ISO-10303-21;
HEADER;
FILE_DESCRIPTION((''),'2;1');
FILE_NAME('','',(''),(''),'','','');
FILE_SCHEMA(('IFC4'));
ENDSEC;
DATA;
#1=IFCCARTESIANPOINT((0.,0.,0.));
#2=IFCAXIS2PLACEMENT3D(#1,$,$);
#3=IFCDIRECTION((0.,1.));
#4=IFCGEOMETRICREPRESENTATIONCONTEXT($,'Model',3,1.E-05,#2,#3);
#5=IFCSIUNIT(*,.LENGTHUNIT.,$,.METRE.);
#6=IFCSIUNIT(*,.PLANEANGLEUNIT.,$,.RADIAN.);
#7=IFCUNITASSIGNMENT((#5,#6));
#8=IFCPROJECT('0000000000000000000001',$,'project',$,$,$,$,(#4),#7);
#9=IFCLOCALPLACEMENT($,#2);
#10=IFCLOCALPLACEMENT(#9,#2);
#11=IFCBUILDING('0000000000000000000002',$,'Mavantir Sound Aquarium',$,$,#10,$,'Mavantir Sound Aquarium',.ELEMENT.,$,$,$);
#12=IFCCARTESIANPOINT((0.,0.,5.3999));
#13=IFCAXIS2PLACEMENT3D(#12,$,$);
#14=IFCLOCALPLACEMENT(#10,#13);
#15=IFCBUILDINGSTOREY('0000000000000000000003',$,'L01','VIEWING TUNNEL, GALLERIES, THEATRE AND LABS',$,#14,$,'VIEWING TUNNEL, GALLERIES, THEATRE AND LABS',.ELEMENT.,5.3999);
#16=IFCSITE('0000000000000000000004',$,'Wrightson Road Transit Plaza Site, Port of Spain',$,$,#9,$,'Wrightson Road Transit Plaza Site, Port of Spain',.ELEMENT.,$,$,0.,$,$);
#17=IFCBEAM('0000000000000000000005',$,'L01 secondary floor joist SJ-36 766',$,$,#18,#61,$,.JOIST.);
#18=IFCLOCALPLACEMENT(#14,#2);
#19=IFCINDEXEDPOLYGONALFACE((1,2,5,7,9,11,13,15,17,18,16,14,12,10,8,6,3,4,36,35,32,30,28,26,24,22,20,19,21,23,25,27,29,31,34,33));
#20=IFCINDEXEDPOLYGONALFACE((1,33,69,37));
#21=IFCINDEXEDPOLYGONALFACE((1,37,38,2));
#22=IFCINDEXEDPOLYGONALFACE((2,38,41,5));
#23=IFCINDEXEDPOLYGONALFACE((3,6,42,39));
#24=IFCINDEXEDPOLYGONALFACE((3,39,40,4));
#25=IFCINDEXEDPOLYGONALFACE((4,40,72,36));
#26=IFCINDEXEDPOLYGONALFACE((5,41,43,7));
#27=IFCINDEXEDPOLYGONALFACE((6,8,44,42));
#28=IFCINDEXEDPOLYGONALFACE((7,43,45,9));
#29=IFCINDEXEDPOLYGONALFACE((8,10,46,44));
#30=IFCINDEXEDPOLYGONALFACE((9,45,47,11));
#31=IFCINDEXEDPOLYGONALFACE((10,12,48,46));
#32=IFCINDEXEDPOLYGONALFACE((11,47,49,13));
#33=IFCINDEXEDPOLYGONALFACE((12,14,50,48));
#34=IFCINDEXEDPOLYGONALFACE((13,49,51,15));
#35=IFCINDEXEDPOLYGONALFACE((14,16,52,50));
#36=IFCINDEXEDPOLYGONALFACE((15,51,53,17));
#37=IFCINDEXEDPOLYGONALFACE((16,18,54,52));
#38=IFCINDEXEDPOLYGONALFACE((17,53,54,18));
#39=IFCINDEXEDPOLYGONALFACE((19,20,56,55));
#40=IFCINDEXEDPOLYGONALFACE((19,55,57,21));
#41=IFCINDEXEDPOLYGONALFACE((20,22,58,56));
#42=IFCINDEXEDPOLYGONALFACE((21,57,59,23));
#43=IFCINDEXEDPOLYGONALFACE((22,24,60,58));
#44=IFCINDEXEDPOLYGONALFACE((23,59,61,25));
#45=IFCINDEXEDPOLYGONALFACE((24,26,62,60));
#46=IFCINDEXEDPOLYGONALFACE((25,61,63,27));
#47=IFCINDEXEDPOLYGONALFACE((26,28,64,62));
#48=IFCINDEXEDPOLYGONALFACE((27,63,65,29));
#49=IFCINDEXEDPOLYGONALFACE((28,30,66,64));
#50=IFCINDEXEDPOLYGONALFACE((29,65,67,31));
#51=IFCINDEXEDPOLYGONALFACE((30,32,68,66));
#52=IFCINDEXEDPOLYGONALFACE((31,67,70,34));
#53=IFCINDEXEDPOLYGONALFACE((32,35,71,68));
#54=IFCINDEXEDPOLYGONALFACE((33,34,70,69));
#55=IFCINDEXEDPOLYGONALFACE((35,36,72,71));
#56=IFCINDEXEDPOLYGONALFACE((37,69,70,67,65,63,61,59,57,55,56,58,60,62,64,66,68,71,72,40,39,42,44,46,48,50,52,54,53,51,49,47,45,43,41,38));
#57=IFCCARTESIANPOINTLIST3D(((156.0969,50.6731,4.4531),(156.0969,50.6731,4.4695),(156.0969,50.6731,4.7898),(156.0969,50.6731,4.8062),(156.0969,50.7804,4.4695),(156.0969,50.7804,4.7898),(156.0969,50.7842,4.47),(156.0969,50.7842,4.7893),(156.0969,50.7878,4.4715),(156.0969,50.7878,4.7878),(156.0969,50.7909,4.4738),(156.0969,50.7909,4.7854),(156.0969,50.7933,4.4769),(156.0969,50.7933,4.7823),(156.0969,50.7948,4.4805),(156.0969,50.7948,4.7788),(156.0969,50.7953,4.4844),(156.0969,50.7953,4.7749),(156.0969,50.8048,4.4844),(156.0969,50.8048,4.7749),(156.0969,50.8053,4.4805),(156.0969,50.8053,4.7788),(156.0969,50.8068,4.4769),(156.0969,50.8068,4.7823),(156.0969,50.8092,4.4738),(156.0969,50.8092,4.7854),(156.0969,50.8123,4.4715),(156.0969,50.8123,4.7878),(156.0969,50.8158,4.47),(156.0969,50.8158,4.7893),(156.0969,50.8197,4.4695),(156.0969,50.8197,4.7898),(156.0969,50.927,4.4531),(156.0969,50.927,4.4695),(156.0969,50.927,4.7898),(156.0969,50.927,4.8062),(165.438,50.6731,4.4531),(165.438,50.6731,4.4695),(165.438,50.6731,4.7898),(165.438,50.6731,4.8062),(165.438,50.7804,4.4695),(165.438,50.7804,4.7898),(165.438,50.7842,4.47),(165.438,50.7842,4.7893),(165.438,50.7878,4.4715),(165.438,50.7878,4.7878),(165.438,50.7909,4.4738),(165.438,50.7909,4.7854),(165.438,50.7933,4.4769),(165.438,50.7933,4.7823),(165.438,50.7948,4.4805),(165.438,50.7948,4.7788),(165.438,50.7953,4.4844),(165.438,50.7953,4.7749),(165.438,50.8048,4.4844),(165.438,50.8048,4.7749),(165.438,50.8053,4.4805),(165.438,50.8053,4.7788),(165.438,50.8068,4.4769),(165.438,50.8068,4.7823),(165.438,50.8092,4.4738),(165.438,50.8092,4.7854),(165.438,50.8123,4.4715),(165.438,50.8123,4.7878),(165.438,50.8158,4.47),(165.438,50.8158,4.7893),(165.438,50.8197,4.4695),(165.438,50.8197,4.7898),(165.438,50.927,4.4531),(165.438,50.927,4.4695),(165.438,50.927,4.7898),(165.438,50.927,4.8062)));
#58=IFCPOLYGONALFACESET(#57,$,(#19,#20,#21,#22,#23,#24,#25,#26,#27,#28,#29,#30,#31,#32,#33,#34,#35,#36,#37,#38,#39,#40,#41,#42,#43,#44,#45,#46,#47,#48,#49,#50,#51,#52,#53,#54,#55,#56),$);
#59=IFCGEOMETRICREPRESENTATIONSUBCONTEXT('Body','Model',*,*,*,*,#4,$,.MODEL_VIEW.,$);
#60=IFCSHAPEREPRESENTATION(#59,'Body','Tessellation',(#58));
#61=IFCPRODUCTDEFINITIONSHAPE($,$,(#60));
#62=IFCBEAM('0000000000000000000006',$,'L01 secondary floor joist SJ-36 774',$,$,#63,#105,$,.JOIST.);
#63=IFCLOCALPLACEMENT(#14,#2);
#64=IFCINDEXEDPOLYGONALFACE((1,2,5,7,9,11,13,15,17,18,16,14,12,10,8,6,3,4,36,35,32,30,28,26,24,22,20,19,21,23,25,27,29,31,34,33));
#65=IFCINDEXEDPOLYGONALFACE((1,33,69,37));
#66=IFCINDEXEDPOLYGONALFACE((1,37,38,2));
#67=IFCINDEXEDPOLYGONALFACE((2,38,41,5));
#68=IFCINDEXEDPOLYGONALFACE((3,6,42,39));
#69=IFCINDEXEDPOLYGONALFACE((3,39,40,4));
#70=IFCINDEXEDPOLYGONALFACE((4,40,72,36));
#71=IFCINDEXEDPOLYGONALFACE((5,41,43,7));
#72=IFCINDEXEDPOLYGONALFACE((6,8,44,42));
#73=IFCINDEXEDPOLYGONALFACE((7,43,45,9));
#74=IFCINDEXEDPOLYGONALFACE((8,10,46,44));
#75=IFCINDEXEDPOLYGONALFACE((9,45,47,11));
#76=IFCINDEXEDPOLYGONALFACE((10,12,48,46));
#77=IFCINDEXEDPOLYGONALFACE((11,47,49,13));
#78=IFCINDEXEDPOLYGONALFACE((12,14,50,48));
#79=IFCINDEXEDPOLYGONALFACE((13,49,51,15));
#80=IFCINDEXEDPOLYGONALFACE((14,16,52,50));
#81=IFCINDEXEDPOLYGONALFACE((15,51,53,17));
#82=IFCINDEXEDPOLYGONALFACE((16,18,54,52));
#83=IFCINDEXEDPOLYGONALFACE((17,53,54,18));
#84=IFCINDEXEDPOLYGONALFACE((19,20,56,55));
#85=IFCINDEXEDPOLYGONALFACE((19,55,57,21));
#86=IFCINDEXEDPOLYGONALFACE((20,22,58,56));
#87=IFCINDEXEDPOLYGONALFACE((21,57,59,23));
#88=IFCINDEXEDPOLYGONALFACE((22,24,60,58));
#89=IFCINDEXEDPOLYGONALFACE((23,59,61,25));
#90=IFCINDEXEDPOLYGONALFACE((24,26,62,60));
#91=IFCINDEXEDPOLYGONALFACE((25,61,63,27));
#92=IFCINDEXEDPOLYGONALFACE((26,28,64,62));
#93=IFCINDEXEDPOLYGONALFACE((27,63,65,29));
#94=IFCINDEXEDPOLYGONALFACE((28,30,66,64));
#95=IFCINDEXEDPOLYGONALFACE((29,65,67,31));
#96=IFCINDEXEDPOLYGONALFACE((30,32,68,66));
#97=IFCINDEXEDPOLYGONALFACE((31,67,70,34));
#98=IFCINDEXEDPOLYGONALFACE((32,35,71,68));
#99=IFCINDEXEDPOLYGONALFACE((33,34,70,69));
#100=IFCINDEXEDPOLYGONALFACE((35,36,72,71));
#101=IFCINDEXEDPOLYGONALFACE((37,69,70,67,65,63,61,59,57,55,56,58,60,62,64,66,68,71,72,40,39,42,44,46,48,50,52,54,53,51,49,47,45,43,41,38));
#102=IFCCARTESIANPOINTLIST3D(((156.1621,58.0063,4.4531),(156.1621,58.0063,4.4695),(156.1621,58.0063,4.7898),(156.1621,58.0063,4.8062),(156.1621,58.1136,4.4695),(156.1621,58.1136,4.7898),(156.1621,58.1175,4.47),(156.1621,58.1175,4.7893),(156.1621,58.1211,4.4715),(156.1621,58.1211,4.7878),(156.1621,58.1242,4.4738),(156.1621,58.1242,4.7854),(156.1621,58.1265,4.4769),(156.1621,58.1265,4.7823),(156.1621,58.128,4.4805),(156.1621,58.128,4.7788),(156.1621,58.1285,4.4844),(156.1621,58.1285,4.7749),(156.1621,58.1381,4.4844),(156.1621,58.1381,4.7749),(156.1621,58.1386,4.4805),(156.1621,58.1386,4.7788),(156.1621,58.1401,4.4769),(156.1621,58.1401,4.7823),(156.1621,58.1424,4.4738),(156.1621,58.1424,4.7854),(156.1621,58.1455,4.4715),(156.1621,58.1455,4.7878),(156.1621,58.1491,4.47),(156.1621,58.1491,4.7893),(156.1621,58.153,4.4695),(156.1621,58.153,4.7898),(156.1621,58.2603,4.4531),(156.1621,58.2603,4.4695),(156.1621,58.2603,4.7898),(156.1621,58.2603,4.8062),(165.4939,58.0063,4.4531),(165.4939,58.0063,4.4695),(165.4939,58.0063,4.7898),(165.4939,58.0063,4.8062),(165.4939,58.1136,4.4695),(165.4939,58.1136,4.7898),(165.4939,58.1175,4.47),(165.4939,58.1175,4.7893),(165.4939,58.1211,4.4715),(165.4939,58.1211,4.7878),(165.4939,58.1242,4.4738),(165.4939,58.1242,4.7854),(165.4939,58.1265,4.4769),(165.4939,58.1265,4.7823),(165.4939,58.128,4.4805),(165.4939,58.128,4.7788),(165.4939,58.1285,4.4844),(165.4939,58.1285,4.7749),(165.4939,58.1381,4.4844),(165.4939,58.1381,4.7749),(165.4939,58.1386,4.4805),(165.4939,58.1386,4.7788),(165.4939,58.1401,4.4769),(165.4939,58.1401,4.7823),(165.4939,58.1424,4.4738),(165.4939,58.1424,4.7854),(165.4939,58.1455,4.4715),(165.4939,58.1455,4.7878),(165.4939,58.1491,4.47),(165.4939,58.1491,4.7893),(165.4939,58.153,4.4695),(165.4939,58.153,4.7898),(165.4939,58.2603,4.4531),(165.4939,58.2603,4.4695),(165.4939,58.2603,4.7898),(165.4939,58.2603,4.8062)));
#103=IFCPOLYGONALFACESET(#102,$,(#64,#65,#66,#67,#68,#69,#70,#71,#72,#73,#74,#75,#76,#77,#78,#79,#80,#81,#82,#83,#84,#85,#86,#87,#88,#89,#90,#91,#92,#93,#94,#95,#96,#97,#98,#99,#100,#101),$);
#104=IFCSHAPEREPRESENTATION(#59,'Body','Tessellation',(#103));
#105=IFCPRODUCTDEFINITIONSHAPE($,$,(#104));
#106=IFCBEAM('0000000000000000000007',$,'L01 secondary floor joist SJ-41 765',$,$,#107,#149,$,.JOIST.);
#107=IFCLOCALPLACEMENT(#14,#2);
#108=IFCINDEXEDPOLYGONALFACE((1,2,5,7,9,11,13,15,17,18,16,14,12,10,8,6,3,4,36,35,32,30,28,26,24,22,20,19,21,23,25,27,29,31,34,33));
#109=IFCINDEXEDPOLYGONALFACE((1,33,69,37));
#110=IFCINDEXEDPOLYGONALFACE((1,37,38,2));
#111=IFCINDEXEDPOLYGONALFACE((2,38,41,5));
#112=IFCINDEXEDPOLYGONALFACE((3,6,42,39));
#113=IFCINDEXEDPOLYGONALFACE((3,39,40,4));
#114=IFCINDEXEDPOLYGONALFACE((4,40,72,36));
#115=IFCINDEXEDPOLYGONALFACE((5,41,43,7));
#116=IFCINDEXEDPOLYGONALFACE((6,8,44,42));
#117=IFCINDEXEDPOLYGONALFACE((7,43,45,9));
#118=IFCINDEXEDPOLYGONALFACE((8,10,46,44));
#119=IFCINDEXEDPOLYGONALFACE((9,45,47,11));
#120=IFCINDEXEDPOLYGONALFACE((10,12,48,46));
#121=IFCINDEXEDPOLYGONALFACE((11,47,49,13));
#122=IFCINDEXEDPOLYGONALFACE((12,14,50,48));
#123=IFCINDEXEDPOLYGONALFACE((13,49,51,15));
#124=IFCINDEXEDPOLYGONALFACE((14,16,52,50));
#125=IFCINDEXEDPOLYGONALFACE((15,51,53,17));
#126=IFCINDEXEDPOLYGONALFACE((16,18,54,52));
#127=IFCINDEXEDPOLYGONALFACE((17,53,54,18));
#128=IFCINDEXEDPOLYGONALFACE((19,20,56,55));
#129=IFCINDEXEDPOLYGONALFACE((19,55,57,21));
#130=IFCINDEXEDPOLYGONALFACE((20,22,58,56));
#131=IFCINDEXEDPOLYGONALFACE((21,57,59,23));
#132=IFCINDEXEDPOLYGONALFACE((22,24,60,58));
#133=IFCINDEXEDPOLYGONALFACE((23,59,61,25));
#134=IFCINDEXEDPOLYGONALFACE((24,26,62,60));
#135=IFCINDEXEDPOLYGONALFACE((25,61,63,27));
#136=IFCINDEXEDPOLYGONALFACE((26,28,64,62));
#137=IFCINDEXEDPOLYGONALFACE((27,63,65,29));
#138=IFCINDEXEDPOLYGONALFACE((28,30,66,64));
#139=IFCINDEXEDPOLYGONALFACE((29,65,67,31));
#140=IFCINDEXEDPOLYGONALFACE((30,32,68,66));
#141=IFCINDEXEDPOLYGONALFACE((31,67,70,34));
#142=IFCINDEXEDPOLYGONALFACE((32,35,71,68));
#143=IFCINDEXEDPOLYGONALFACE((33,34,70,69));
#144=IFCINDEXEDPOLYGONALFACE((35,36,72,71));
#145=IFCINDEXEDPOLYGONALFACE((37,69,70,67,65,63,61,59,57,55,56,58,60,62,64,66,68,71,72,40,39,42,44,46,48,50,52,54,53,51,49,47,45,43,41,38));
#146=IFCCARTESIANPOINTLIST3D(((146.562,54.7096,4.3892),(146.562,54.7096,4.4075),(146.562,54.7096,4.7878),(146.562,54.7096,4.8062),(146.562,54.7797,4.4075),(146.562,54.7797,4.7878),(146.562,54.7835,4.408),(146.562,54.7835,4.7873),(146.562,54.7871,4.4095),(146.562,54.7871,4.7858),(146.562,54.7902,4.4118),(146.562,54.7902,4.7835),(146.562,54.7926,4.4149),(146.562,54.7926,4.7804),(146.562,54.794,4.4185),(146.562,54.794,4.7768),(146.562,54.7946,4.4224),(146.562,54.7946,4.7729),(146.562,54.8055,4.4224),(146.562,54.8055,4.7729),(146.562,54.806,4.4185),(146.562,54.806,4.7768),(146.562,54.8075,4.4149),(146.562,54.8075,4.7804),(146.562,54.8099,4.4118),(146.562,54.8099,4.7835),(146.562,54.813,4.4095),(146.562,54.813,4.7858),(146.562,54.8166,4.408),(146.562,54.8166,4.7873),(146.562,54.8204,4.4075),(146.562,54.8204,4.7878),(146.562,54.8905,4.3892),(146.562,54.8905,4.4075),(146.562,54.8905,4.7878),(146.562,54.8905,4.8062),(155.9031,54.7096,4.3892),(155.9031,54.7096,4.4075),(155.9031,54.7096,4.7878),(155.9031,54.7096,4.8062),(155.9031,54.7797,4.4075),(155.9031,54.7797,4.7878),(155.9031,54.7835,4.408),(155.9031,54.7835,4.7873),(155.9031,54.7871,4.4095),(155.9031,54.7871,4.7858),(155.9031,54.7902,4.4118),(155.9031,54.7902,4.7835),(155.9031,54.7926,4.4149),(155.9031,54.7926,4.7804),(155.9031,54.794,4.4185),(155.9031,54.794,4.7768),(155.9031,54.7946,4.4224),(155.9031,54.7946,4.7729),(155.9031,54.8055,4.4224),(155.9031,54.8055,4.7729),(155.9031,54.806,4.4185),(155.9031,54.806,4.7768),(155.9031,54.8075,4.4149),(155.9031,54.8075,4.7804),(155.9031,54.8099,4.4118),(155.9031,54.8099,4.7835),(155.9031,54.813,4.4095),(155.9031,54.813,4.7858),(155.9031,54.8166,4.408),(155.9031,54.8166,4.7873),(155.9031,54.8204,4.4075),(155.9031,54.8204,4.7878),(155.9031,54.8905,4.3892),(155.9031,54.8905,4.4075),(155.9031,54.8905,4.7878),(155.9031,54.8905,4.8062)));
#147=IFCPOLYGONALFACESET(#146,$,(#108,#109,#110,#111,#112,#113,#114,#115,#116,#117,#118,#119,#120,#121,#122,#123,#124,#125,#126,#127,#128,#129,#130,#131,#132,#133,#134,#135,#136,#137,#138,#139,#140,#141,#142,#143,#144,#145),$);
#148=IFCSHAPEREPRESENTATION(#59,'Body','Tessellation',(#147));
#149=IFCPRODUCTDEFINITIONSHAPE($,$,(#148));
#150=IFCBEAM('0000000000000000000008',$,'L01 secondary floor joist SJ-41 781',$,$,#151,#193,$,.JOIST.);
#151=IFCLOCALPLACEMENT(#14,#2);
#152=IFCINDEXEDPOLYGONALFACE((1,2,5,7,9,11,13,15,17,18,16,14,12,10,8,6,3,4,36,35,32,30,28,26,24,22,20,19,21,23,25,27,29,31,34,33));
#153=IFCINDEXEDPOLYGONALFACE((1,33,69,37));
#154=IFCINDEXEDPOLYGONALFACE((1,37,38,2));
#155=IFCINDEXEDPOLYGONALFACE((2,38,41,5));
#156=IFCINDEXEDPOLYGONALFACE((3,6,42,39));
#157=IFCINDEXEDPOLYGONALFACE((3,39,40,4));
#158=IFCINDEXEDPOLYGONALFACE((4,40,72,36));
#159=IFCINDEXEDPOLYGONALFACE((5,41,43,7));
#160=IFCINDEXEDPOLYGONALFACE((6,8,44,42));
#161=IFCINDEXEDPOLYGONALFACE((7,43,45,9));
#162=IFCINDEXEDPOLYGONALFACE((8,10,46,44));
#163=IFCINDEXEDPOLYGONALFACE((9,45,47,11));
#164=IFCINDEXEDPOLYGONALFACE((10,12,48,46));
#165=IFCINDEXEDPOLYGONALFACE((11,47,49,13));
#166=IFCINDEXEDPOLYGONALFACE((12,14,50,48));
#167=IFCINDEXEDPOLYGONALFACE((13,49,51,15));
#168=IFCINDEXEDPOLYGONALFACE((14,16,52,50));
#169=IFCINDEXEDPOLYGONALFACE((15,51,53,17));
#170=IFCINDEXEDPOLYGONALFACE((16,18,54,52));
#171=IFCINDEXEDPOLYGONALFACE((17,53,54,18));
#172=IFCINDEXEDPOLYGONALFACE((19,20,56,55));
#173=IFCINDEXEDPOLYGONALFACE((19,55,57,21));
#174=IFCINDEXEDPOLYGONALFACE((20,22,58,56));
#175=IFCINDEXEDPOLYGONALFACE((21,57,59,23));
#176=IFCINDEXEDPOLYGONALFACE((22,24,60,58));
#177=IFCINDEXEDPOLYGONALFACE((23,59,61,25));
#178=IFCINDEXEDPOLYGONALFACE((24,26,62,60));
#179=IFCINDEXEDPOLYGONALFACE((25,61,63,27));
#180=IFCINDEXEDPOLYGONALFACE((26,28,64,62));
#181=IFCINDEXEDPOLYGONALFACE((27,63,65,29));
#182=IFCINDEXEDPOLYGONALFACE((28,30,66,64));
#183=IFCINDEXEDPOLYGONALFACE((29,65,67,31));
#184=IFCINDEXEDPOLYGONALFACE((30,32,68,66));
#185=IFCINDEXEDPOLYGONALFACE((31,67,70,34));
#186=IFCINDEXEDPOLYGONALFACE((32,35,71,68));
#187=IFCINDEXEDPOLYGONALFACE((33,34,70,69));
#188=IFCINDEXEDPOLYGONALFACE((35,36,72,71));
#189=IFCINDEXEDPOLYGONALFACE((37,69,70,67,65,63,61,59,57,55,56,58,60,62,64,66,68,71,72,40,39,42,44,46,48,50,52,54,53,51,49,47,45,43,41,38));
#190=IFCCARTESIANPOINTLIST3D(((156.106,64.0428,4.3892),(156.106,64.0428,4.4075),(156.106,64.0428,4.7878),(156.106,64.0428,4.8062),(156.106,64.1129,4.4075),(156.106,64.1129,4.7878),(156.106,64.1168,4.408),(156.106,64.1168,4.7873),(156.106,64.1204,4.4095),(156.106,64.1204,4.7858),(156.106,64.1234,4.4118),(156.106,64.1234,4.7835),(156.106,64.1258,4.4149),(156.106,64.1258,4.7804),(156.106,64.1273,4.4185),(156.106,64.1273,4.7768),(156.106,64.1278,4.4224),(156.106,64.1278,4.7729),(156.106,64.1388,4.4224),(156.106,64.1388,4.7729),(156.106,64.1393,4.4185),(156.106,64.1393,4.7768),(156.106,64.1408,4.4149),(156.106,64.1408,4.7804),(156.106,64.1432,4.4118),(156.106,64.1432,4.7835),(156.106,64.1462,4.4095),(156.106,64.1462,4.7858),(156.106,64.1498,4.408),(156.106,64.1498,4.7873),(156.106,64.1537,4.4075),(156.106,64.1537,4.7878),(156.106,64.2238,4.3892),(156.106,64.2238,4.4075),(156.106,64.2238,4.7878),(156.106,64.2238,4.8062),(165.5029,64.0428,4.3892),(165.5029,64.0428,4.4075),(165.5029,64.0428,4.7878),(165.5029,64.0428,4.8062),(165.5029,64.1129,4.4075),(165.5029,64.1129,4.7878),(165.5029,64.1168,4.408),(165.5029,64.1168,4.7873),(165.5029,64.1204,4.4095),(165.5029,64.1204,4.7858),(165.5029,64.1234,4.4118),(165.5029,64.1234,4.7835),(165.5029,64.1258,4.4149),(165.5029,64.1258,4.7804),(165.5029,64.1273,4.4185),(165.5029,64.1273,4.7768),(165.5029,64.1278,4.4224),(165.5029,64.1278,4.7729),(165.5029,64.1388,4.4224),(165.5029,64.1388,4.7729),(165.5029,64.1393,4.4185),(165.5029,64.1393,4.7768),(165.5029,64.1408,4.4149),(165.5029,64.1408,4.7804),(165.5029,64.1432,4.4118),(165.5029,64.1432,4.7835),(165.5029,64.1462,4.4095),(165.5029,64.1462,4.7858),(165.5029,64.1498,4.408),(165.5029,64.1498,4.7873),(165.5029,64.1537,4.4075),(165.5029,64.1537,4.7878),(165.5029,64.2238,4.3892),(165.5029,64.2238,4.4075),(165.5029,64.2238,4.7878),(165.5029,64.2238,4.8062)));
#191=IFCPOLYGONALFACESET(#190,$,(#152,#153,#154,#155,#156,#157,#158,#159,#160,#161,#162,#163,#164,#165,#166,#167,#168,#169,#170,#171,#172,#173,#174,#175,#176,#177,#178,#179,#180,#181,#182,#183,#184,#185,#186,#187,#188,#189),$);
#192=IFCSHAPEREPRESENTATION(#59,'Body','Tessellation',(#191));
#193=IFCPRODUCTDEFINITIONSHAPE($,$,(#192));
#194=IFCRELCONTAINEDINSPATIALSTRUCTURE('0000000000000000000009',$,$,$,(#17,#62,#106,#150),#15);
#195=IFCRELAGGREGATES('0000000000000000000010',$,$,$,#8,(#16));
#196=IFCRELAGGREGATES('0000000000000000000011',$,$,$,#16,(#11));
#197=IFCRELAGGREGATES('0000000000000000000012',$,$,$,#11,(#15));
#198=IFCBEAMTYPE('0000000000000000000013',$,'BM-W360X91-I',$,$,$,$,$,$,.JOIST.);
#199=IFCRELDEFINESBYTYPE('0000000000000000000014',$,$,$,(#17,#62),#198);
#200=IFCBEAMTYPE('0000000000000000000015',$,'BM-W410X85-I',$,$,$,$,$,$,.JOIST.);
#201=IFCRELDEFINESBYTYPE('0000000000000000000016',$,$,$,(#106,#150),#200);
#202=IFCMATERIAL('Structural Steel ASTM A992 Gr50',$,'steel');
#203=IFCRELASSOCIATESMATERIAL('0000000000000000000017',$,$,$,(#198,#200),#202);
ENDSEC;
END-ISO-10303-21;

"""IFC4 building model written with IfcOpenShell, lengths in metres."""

from ifc_helpers import new_model, si_unit, direction, frame, origin, origin_2d, place, context, subcontext, project, spatial, i_section, extrude, material, material_profile, profile_set, type_object, element, save


model = new_model("IFC4")

# Units and contexts
model_context = context("Model", 3, precision=1e-05, world=origin(), true_north=direction((0.0, 1.0)))
body_context = subcontext(model_context, "Body", "Model", "MODEL_VIEW")
ifc_project = project(units=[si_unit("LENGTHUNIT", "METRE"), si_unit("PLANEANGLEUNIT", "RADIAN")], contexts=[model_context])

# Site, building, storey
site_placement = place(None, origin())
site = spatial("IfcSite", under=ifc_project, at=site_placement, Name="Wrightson Road Transit Plaza Site, Port of Spain", LongName="Wrightson Road Transit Plaza Site, Port of Spain", CompositionType="ELEMENT", RefElevation=0.0)
building_placement = place(site_placement, origin())
building = spatial("IfcBuilding", under=site, at=building_placement, Name="Mavantir Sound Aquarium", LongName="Mavantir Sound Aquarium", CompositionType="ELEMENT")
storey_placement = place(building_placement, frame((0.0, 0.0, 5.3999)))
storey = spatial("IfcBuildingStorey", under=building, at=storey_placement, Name="L01", Description="VIEWING TUNNEL, GALLERIES, THEATRE AND LABS", LongName="VIEWING TUNNEL, GALLERIES, THEATRE AND LABS", CompositionType="ELEMENT", Elevation=5.3999)

# Beams
ifc_material_1 = material(Name="Structural Steel ASTM A992 Gr50", Category="steel")
ifc_material_profile_1 = material_profile(ifc_material_1, i_section(OverallWidth=0.2539, OverallDepth=0.353, WebThickness=0.0095, FlangeThickness=0.0164, FilletRadius=0.0149, at=origin_2d()), Name="W360X91")
ifc_profile_set_1 = profile_set([ifc_material_profile_1], Name="Structural Steel ASTM A992 Gr50")
beam_type_1 = type_object("IfcBeamType", Name="BM-W360X91-I", PredefinedType="JOIST", material=ifc_profile_set_1)
beam_1_placement = place(storey_placement, frame((156.0969, 50.8, 4.6296), z_axis=(1.0, 0.0, 0.0), x_axis=(0.0, 1.0, 0.0)))
element("IfcBeam", 1, at=beam_1_placement, inside=storey, type_object=beam_type_1, Name="L01 secondary floor joist SJ-36 766", PredefinedType="JOIST", context=body_context, shape_type="SweptSolid", body=[
    extrude(i_section(OverallWidth=0.2539, OverallDepth=0.353, WebThickness=0.0095, FlangeThickness=0.0164, FilletRadius=0.0149, at=origin_2d()), origin(), (0.0, 0.0, 1.0), 9.3411),
])
beam_2_placement = place(storey_placement, frame((156.1621, 58.1333, 4.6296), z_axis=(1.0, 0.0, 0.0), x_axis=(0.0, 1.0, 0.0)))
element("IfcBeam", 2, at=beam_2_placement, inside=storey, type_object=beam_type_1, Name="L01 secondary floor joist SJ-36 774", PredefinedType="JOIST", context=body_context, shape_type="SweptSolid", body=[
    extrude(i_section(OverallWidth=0.2539, OverallDepth=0.353, WebThickness=0.0095, FlangeThickness=0.0164, FilletRadius=0.0149, at=origin_2d()), origin(), (0.0, 0.0, 1.0), 9.3318),
])
ifc_material_profile_2 = material_profile(ifc_material_1, i_section(OverallWidth=0.1809, OverallDepth=0.417, WebThickness=0.011, FlangeThickness=0.0183, FilletRadius=0.0149, at=origin_2d()), Name="W410X85")
ifc_profile_set_2 = profile_set([ifc_material_profile_2], Name="Structural Steel ASTM A992 Gr50")
beam_type_2 = type_object("IfcBeamType", Name="BM-W410X85-I", PredefinedType="JOIST", material=ifc_profile_set_2)
beam_3_placement = place(storey_placement, frame((146.562, 54.8, 4.5977), z_axis=(1.0, 0.0, 0.0), x_axis=(0.0, 1.0, 0.0)))
element("IfcBeam", 3, at=beam_3_placement, inside=storey, type_object=beam_type_2, Name="L01 secondary floor joist SJ-41 765", PredefinedType="JOIST", context=body_context, shape_type="SweptSolid", body=[
    extrude(i_section(OverallWidth=0.1809, OverallDepth=0.417, WebThickness=0.011, FlangeThickness=0.0183, FilletRadius=0.0149, at=origin_2d()), origin(), (0.0, 0.0, 1.0), 9.3411),
])
beam_4_placement = place(storey_placement, frame((156.106, 64.1333, 4.5977), z_axis=(1.0, 0.0, 0.0), x_axis=(0.0, 1.0, 0.0)))
element("IfcBeam", 4, at=beam_4_placement, inside=storey, type_object=beam_type_2, Name="L01 secondary floor joist SJ-41 781", PredefinedType="JOIST", context=body_context, shape_type="SweptSolid", body=[
    extrude(i_section(OverallWidth=0.1809, OverallDepth=0.417, WebThickness=0.011, FlangeThickness=0.0183, FilletRadius=0.0149, at=origin_2d()), origin(), (0.0, 0.0, 1.0), 9.397),
])

save(model, "model.ifc")
